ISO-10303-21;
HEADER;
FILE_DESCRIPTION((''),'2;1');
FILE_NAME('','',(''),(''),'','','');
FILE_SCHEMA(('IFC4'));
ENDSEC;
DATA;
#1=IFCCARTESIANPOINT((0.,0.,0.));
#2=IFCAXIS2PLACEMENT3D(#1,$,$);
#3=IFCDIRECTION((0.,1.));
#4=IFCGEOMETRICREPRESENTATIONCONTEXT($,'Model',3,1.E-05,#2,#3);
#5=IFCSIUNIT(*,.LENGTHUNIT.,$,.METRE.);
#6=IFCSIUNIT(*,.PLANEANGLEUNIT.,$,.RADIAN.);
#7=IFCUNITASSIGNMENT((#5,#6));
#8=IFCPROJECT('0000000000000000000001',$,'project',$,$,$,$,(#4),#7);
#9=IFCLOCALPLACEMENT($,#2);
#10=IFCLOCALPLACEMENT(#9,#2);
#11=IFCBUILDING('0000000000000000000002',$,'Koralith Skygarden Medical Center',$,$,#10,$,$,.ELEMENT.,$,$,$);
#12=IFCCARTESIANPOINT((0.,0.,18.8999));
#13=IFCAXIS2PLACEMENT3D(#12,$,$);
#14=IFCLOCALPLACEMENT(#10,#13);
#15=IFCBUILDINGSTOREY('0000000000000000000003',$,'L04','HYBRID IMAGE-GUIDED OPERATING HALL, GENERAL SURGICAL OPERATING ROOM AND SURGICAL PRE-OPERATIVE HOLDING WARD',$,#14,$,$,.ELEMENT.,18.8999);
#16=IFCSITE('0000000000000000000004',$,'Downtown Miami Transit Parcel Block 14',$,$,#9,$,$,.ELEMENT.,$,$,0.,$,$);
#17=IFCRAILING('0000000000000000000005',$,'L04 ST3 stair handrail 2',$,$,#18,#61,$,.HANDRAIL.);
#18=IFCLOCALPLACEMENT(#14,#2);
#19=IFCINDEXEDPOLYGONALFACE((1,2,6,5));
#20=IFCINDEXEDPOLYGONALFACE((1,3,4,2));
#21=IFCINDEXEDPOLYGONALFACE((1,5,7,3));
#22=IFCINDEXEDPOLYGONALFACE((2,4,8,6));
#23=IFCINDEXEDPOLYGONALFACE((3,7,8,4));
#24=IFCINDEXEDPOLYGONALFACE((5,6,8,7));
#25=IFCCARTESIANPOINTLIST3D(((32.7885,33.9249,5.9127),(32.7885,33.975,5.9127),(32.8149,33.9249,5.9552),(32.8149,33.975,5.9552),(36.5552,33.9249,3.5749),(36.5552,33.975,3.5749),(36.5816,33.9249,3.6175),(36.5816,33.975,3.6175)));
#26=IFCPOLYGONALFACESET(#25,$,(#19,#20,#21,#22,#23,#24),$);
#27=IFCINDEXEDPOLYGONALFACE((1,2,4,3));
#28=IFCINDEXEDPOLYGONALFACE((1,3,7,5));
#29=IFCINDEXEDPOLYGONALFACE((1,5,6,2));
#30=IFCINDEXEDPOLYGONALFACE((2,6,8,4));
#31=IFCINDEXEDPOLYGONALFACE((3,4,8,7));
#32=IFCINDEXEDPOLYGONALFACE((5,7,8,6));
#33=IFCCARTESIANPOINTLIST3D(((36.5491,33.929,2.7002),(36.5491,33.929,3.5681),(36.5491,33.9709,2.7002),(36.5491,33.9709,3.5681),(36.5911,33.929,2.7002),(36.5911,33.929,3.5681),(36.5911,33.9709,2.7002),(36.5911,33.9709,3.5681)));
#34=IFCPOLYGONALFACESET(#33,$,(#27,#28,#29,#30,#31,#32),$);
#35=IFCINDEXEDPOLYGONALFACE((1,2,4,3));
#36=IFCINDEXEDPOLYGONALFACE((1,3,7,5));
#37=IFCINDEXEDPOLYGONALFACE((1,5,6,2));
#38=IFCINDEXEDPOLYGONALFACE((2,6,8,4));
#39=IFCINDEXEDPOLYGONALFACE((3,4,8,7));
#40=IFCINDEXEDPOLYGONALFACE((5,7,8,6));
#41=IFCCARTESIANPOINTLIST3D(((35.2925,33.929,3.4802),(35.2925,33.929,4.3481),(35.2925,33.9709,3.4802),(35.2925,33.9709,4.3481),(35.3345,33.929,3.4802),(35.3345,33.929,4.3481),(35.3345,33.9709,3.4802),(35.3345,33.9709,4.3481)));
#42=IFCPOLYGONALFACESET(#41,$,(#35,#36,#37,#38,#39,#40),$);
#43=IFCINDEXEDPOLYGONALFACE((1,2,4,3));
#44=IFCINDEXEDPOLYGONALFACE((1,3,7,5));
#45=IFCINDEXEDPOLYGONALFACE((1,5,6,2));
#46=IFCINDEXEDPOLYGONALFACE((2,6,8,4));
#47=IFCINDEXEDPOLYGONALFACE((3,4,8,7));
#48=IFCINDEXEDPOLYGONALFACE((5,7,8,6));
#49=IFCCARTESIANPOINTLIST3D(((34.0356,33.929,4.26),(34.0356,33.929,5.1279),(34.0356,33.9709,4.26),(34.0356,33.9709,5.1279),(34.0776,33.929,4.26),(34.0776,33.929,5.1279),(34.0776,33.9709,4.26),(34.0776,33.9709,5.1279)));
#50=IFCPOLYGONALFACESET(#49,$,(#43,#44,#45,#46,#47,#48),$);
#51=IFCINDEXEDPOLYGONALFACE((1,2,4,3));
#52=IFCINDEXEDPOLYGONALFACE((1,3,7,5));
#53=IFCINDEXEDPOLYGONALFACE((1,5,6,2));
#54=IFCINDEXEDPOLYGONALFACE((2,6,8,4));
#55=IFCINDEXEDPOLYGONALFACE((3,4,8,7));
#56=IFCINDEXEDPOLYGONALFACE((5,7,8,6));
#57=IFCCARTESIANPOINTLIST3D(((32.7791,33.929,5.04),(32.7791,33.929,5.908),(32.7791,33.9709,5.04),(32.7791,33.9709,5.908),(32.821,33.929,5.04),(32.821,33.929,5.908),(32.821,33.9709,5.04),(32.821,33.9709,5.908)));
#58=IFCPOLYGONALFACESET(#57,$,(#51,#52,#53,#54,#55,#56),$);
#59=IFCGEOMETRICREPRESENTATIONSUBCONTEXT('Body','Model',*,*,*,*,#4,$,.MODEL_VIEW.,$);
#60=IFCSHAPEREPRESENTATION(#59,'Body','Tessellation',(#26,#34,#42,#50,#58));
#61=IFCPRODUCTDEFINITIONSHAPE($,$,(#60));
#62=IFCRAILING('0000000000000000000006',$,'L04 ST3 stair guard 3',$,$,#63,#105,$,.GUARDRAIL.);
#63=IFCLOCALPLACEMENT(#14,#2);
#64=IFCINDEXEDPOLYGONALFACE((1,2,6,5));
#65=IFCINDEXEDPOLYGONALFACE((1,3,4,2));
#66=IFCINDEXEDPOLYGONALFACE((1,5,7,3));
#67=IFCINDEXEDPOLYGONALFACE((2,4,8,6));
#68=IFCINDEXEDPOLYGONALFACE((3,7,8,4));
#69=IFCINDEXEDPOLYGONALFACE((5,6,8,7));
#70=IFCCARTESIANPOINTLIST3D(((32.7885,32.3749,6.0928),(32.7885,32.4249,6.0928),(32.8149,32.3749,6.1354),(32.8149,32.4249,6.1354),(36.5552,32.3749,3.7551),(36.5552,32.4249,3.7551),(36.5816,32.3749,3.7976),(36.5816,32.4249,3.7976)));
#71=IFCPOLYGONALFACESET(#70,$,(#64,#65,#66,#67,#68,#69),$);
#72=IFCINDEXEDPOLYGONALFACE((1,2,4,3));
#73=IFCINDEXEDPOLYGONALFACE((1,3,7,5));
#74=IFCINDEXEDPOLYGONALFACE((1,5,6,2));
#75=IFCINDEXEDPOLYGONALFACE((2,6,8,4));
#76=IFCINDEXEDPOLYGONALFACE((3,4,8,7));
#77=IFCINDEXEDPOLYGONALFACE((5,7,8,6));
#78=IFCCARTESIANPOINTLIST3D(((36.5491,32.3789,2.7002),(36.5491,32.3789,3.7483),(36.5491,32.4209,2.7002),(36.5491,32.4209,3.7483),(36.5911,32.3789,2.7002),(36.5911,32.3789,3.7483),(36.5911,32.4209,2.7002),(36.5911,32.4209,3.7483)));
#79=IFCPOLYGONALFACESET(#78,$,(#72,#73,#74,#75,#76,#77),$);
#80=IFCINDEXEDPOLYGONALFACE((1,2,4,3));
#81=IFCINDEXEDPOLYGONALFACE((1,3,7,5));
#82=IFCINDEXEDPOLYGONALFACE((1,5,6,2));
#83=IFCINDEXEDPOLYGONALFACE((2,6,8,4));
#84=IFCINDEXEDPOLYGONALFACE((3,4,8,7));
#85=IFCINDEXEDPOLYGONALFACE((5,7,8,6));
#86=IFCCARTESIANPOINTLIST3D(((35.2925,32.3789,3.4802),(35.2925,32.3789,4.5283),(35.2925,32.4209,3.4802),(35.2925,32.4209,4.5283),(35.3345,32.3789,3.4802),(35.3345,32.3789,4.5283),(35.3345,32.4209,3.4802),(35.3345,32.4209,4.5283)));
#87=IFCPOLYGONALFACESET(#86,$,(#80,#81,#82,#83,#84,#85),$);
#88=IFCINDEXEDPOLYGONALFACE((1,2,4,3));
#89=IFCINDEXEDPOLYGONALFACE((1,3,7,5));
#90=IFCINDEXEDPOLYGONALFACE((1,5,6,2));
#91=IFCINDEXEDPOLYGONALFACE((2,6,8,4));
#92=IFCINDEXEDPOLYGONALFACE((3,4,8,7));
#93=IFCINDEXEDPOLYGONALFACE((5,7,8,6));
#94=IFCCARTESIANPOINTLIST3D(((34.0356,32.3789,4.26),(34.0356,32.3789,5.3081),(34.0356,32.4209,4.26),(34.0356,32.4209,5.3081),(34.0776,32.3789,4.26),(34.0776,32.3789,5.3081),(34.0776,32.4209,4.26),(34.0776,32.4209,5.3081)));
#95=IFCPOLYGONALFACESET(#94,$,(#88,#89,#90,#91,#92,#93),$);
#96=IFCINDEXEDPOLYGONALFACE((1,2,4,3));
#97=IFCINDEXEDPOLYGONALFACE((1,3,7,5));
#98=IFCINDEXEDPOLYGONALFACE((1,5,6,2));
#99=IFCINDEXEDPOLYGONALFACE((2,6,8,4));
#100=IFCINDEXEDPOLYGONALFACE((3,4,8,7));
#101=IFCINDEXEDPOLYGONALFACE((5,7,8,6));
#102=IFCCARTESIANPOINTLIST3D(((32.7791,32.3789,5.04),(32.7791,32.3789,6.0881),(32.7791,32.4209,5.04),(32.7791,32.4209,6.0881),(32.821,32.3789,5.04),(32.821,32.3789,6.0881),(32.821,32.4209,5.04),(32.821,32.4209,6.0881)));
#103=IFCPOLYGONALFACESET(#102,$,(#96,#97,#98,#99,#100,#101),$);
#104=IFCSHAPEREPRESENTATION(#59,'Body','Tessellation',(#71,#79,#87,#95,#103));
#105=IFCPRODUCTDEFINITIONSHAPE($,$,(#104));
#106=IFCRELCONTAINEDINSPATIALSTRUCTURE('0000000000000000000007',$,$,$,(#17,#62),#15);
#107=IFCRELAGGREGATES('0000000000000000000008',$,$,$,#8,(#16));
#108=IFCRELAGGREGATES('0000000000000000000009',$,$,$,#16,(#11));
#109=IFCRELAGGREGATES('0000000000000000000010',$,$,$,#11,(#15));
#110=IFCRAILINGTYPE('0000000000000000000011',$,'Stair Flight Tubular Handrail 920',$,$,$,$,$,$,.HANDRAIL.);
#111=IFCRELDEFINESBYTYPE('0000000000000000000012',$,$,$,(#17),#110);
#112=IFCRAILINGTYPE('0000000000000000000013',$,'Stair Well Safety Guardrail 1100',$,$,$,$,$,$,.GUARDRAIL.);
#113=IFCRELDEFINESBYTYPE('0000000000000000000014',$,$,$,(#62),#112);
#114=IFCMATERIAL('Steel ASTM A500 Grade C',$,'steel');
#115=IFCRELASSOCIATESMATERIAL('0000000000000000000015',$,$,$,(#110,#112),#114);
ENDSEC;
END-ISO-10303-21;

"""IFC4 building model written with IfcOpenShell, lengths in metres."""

from ifc_helpers import new_model, si_unit, direction, frame, origin, origin_2d, place, context, subcontext, project, spatial, rectangle, extrude, material, type_object, element, save


model = new_model("IFC4")

# Units and contexts
model_context = context("Model", 3, precision=1e-05, world=origin(), true_north=direction((0.0, 1.0)))
body_context = subcontext(model_context, "Body", "Model", "MODEL_VIEW")
ifc_project = project(units=[si_unit("LENGTHUNIT", "METRE"), si_unit("PLANEANGLEUNIT", "RADIAN")], contexts=[model_context])

# Site, building, storey
site_placement = place(None, origin())
site = spatial("IfcSite", under=ifc_project, at=site_placement, Name="Downtown Miami Transit Parcel Block 14", CompositionType="ELEMENT", RefElevation=0.0)
building_placement = place(site_placement, origin())
building = spatial("IfcBuilding", under=site, at=building_placement, Name="Koralith Skygarden Medical Center", CompositionType="ELEMENT")
storey_placement = place(building_placement, frame((0.0, 0.0, 18.8999)))
storey = spatial("IfcBuildingStorey", under=building, at=storey_placement, Name="L04", Description="HYBRID IMAGE-GUIDED OPERATING HALL, GENERAL SURGICAL OPERATING ROOM AND SURGICAL PRE-OPERATIVE HOLDING WARD", CompositionType="ELEMENT", Elevation=18.8999)

# Shared definitions
ifc_material_1 = material(Name="Steel ASTM A500 Grade C", Category="steel")

# Railings
railing_type_1 = type_object("IfcRailingType", Name="Stair Flight Tubular Handrail 920", PredefinedType="HANDRAIL", material=ifc_material_1)
railing_1_placement = place(storey_placement, frame((36.5701, 33.95, 2.7002)))
element("IfcRailing", 1, at=railing_1_placement, inside=storey, type_object=railing_type_1, Name="L04 ST3 stair handrail 2", PredefinedType="HANDRAIL", context=body_context, shape_type="SweptSolid", body=[
    extrude(rectangle(XDim=0.05, YDim=0.05, at=origin_2d()), frame((-0.0017, 0.0, 0.896), z_axis=(-0.849657, 0.0, 0.527335), x_axis=(0.0, -1.0, 0.0)), (0.0, 0.0, 1.0), 4.4331),
    extrude(rectangle(XDim=0.042, YDim=0.042, at=origin_2d()), origin(), (0.0, 0.0, 1.0), 0.8679),
    extrude(rectangle(XDim=0.042, YDim=0.042, at=origin_2d()), frame((-1.2566, 0.0, 0.78)), (0.0, 0.0, 1.0), 0.8679),
    extrude(rectangle(XDim=0.042, YDim=0.042, at=origin_2d()), frame((-2.5134, 0.0, 1.5598)), (0.0, 0.0, 1.0), 0.8679),
    extrude(rectangle(XDim=0.042, YDim=0.042, at=origin_2d()), frame((-3.77, 0.0, 2.3398)), (0.0, 0.0, 1.0), 0.8679),
])
railing_type_2 = type_object("IfcRailingType", Name="Stair Well Safety Guardrail 1100", PredefinedType="GUARDRAIL", material=ifc_material_1)
railing_2_placement = place(storey_placement, frame((36.5701, 32.3999, 2.7002)))
element("IfcRailing", 2, at=railing_2_placement, inside=storey, type_object=railing_type_2, Name="L04 ST3 stair guard 3", PredefinedType="GUARDRAIL", context=body_context, shape_type="SweptSolid", body=[
    extrude(rectangle(XDim=0.05, YDim=0.05, at=origin_2d()), frame((-0.0017, 0.0, 1.0762), z_axis=(-0.849657, 0.0, 0.527335), x_axis=(0.0, -1.0, 0.0)), (0.0, 0.0, 1.0), 4.4331),
    extrude(rectangle(XDim=0.042, YDim=0.042, at=origin_2d()), origin(), (0.0, 0.0, 1.0), 1.0481),
    extrude(rectangle(XDim=0.042, YDim=0.042, at=origin_2d()), frame((-1.2566, 0.0, 0.78)), (0.0, 0.0, 1.0), 1.0481),
    extrude(rectangle(XDim=0.042, YDim=0.042, at=origin_2d()), frame((-2.5134, 0.0, 1.5598)), (0.0, 0.0, 1.0), 1.0481),
    extrude(rectangle(XDim=0.042, YDim=0.042, at=origin_2d()), frame((-3.77, 0.0, 2.3398)), (0.0, 0.0, 1.0), 1.0481),
])

save(model, "model.ifc")
